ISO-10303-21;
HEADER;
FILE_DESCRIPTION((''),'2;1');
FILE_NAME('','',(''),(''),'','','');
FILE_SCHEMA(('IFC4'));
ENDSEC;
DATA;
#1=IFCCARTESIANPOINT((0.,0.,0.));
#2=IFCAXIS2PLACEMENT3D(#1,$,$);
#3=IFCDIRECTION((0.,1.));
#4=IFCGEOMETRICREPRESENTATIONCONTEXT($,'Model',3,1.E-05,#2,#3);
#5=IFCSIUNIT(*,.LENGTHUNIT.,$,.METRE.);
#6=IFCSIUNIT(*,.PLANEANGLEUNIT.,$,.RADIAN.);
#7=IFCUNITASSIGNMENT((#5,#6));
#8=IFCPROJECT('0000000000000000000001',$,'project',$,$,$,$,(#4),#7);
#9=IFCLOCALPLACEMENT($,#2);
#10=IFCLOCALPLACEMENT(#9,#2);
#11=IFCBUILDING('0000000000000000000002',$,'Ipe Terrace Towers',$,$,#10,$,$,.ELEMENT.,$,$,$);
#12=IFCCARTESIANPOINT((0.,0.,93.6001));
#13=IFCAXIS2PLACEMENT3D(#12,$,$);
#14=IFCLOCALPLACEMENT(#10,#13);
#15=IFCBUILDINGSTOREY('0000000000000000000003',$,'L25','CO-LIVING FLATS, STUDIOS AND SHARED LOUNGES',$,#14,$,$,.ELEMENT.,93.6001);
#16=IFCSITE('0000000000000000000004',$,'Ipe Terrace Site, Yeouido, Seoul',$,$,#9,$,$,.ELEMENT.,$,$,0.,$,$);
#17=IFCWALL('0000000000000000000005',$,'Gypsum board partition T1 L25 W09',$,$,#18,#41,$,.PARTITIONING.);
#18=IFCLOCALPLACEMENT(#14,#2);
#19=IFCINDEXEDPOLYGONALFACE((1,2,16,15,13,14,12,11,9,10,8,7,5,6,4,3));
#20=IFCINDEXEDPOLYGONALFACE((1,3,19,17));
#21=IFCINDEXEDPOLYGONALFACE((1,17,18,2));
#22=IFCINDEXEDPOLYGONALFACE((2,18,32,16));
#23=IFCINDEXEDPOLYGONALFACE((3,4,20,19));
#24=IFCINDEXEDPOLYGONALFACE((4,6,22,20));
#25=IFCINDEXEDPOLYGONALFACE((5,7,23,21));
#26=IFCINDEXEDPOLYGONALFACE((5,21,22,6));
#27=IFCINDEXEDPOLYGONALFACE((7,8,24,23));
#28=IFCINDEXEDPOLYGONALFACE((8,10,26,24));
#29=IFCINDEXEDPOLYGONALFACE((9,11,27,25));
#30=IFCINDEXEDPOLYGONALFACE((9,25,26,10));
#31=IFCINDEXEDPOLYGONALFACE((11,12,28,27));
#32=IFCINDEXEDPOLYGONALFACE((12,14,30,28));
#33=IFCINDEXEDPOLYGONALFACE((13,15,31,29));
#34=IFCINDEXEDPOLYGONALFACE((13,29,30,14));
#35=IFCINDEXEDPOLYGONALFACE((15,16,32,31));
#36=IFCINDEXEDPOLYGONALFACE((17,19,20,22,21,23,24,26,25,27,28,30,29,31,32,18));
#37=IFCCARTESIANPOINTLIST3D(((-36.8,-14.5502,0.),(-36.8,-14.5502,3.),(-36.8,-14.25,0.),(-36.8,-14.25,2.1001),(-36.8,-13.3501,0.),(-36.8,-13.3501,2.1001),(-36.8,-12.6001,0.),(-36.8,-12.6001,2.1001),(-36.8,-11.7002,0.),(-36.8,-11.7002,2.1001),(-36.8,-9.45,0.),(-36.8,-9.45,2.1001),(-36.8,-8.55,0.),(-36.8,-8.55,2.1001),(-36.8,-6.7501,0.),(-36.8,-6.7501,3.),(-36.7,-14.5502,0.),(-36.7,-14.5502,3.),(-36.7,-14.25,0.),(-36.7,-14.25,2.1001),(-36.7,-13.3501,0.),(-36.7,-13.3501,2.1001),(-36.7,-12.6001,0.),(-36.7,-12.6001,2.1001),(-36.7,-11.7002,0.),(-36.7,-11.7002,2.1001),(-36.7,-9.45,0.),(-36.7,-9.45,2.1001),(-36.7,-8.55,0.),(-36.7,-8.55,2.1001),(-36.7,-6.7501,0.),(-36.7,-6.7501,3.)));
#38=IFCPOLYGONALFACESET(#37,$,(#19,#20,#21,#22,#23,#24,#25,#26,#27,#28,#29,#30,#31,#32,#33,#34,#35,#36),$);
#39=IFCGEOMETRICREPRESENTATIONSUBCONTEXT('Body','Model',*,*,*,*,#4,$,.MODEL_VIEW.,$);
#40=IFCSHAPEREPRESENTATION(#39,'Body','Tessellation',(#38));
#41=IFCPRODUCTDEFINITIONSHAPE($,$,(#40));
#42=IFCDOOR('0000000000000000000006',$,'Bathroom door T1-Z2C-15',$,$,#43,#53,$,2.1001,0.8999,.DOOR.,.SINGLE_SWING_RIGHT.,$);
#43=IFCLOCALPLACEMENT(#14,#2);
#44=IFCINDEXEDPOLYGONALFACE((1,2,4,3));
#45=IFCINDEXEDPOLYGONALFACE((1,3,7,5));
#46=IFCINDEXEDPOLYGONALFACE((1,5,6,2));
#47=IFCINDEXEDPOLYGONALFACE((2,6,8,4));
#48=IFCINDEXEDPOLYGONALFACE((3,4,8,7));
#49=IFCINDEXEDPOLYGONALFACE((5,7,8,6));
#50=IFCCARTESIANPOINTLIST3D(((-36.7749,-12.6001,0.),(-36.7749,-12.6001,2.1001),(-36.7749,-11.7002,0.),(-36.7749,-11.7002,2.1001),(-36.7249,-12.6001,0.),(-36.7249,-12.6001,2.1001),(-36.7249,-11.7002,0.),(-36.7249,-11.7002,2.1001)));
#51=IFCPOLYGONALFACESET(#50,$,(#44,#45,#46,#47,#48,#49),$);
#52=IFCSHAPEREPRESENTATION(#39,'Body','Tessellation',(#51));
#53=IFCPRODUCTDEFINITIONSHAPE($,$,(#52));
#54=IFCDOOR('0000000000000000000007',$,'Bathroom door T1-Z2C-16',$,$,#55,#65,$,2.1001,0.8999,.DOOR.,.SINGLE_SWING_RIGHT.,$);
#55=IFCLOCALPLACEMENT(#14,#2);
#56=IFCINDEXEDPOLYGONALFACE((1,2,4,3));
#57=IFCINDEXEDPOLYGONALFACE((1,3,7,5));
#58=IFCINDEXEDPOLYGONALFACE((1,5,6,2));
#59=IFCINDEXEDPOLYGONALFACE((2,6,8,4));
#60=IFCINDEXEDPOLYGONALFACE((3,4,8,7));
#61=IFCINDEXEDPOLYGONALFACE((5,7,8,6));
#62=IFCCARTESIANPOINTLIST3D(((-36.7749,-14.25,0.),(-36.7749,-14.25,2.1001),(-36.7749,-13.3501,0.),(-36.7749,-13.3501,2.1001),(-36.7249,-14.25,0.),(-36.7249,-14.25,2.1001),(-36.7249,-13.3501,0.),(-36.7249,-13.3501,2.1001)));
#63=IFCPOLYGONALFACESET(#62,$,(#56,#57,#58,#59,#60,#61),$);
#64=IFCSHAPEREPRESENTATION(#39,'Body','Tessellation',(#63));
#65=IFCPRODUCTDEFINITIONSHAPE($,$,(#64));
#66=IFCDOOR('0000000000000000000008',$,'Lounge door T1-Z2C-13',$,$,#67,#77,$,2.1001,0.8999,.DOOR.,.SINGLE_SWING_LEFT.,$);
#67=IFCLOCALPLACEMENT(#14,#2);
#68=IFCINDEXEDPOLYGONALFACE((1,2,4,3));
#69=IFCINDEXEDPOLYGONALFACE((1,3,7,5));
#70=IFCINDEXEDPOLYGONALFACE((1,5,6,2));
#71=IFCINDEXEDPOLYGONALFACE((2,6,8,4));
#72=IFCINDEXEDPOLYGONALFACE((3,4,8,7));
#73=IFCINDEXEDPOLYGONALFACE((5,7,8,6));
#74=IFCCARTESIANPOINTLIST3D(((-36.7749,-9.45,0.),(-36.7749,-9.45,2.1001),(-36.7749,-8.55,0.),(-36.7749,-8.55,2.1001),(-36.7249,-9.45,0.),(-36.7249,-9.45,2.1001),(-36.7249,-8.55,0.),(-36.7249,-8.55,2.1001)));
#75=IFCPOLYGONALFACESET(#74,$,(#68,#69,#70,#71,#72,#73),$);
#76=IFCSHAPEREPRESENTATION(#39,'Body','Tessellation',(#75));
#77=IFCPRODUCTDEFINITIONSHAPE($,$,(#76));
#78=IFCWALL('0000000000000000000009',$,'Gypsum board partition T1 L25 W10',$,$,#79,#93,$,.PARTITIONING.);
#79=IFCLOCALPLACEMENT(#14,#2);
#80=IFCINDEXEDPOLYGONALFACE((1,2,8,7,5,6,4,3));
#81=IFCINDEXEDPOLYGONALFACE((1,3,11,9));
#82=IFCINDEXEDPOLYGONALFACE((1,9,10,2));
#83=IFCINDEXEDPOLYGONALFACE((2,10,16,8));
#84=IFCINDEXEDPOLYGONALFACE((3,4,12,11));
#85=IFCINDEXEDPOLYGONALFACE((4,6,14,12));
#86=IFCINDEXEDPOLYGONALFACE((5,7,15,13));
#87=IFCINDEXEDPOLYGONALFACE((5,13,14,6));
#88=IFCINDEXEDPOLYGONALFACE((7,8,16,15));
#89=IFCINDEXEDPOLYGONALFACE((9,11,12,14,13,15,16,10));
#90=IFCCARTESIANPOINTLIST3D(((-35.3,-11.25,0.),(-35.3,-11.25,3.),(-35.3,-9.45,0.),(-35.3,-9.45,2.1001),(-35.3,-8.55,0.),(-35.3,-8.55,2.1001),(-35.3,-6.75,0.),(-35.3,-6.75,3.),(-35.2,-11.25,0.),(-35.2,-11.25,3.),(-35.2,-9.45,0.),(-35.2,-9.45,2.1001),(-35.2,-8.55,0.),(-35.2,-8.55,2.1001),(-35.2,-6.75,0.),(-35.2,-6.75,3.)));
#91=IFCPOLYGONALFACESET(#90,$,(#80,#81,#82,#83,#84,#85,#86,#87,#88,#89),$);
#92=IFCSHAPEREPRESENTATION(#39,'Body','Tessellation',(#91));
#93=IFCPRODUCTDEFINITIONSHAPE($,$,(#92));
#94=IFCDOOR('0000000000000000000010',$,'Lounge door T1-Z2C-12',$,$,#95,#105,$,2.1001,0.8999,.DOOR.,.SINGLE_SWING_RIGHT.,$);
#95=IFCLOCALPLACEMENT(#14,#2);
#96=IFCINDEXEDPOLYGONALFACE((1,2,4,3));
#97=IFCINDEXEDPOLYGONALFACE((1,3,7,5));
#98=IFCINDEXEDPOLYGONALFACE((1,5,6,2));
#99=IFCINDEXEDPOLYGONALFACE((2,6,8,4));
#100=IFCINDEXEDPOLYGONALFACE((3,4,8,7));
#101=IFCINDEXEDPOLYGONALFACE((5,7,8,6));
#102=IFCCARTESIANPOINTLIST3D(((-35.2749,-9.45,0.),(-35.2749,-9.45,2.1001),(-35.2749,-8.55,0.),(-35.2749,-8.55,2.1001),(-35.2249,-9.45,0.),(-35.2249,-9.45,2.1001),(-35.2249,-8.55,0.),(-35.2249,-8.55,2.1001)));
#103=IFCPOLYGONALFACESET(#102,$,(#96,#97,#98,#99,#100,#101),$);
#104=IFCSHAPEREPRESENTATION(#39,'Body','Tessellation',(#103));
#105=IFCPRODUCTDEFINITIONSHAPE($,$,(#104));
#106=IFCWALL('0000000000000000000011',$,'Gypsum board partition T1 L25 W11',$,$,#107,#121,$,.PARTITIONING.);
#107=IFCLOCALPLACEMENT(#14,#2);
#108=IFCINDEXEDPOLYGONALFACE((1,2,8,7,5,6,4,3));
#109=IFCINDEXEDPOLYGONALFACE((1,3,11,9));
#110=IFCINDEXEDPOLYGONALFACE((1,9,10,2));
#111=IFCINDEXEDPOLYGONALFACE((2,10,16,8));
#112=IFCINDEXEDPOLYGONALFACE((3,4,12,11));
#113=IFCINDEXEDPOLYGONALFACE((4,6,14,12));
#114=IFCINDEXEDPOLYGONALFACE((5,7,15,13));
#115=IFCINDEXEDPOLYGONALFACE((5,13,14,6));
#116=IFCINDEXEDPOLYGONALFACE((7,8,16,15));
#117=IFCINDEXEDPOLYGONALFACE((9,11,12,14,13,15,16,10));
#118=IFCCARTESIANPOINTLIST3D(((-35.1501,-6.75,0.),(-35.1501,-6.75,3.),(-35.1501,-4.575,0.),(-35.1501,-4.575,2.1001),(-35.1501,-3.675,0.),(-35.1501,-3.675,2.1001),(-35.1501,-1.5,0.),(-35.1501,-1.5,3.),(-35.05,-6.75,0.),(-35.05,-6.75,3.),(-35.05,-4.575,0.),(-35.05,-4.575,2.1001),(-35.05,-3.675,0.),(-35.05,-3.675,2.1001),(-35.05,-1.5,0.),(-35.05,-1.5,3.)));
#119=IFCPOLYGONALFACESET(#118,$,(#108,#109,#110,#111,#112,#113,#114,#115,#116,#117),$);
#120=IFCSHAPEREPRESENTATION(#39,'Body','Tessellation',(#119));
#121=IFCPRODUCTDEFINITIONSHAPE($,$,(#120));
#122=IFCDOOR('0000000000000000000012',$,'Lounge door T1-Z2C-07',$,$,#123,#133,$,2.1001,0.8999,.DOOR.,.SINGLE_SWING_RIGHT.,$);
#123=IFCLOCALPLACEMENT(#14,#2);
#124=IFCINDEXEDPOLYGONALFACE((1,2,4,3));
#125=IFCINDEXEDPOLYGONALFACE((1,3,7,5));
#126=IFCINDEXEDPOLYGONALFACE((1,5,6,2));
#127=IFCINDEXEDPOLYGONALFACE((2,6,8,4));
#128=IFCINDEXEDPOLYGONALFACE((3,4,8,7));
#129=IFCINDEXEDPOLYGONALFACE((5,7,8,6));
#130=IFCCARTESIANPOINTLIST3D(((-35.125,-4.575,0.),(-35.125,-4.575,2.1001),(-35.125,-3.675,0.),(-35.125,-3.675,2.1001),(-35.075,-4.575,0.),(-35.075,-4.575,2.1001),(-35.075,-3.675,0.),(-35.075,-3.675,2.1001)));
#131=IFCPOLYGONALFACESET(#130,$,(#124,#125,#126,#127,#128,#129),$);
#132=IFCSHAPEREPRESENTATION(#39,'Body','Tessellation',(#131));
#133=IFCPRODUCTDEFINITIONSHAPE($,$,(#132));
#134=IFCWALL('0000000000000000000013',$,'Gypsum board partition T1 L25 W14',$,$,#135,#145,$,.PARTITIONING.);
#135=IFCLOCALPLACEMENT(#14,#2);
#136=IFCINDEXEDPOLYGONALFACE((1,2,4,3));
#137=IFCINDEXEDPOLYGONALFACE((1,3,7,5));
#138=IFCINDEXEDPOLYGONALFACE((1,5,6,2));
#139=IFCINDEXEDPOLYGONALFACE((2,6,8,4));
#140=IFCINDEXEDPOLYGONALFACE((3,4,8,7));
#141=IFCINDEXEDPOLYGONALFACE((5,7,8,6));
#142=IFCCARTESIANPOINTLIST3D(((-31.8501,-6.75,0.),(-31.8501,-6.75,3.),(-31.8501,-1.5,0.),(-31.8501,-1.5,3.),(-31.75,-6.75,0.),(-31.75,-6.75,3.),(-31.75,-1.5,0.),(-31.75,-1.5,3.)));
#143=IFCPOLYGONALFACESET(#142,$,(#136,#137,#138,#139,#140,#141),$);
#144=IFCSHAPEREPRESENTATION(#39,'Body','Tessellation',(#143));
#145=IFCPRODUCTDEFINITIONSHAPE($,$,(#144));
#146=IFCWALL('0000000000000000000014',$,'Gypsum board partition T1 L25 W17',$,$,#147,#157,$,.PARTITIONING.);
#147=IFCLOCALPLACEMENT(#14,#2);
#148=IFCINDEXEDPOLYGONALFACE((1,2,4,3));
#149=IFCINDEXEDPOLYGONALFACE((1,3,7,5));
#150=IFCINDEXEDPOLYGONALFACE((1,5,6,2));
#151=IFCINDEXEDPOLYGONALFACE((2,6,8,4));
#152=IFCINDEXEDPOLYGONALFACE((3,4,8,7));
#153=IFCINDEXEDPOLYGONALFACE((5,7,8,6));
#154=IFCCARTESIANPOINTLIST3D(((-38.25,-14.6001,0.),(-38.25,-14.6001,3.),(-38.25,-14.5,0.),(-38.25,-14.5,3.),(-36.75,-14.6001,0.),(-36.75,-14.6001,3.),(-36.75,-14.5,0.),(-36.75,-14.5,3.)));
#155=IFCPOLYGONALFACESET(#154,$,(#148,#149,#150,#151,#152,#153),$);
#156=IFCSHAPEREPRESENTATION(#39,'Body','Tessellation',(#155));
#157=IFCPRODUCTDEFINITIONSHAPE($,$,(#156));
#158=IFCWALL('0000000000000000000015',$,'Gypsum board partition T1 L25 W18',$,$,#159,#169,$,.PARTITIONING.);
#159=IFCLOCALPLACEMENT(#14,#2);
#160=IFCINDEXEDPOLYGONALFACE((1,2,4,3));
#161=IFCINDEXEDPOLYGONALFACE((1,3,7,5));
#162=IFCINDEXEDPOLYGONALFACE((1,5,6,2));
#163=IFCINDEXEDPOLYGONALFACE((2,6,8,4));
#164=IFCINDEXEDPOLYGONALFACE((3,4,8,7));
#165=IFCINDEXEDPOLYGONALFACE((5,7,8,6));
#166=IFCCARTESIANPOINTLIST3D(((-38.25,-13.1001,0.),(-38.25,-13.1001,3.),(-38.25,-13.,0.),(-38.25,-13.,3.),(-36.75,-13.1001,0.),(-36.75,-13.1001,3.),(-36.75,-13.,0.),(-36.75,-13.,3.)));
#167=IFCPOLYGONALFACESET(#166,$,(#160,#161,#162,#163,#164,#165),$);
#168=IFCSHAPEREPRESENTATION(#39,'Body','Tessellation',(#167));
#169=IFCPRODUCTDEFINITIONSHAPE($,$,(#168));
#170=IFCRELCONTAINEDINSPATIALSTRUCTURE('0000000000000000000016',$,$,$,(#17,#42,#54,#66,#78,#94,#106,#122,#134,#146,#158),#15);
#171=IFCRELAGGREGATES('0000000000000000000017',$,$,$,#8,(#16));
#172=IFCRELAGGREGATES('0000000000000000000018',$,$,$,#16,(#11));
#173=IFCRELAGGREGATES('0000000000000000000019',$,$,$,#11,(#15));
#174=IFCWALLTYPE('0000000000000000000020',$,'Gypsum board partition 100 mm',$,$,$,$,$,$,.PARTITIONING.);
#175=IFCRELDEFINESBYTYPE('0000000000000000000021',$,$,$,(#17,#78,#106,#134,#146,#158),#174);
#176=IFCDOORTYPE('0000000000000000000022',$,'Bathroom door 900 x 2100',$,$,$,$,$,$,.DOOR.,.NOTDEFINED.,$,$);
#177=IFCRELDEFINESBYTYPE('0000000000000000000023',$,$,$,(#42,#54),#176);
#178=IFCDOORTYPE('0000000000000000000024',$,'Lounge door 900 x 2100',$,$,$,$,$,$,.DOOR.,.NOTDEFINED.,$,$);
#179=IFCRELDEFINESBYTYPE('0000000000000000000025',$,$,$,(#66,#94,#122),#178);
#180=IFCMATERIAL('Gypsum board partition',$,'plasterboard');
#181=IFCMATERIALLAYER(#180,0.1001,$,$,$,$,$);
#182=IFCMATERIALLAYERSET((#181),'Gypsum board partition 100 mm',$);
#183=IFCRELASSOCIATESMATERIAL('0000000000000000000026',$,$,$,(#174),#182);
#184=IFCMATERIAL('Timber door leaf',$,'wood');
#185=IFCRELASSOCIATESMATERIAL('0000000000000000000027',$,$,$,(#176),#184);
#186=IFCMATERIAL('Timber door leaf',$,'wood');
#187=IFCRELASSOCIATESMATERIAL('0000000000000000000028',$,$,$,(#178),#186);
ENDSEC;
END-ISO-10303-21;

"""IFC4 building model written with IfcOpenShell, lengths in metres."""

from ifc_helpers import new_model, si_unit, direction, frame, frame_2d, origin, place, context, subcontext, project, spatial, rectangle, extrude, material, layer, layer_set, type_object, element, fill, save


model = new_model("IFC4")

# Units and contexts
model_context = context("Model", 3, precision=1e-05, world=origin(), true_north=direction((0.0, 1.0)))
body_context = subcontext(model_context, "Body", "Model", "MODEL_VIEW")
ifc_project = project(units=[si_unit("LENGTHUNIT", "METRE"), si_unit("PLANEANGLEUNIT", "RADIAN")], contexts=[model_context])

# Site, building, storey
site_placement = place(None, origin())
site = spatial("IfcSite", under=ifc_project, at=site_placement, Name="Ipe Terrace Site, Yeouido, Seoul", CompositionType="ELEMENT", RefElevation=0.0)
building_placement = place(site_placement, origin())
building = spatial("IfcBuilding", under=site, at=building_placement, Name="Ipe Terrace Towers", CompositionType="ELEMENT")
storey_placement = place(building_placement, frame((0.0, 0.0, 93.6001)))
storey = spatial("IfcBuildingStorey", under=building, at=storey_placement, Name="L25", Description="CO-LIVING FLATS, STUDIOS AND SHARED LOUNGES", CompositionType="ELEMENT", Elevation=93.6001)

# Shared definitions
ifc_material_1 = material(Name="Gypsum board partition", Category="plasterboard")
ifc_layer_1 = layer(ifc_material_1, 0.1001)
ifc_layer_set_1 = layer_set([ifc_layer_1], Name="Gypsum board partition 100 mm")
wall_type = type_object("IfcWallType", Name="Gypsum board partition 100 mm", PredefinedType="PARTITIONING", material=ifc_layer_set_1)

# Wall, openings, doors
wall_1_placement = place(storey_placement, frame((-36.75, -14.55, 0.0), z_axis=(0.0, 0.0, 1.0), x_axis=(0.0, 1.0, 0.0)))
wall_1 = element("IfcWall", 1, at=wall_1_placement, inside=storey, type_object=wall_type, Name="Gypsum board partition T1 L25 W09", PredefinedType="PARTITIONING", context=body_context, shape_type="SweptSolid", body=[
    extrude(rectangle(XDim=7.8, YDim=0.1001, at=frame_2d((3.8999, 0.0))), origin(), (0.0, 0.0, 1.0), 3.0),
])
opening_1_placement = place(wall_1_placement, frame((5.1001, 0.0, 0.0)))
opening_1 = element("IfcOpeningElement", 2, at=opening_1_placement, cuts=wall_1, PredefinedType="OPENING", context=body_context, shape_type="SweptSolid", body=[
    extrude(rectangle(XDim=0.8999, YDim=2.1001, at=frame_2d((0.45, 1.05))), frame((0.0, 0.0601, 0.0), z_axis=(0.0, -1.0, 0.0), x_axis=(1.0, 0.0, 0.0)), (0.0, 0.0, 1.0), 0.1201),
])
opening_2_placement = place(wall_1_placement, frame((1.95, 0.0, 0.0)))
opening_2 = element("IfcOpeningElement", 3, at=opening_2_placement, cuts=wall_1, PredefinedType="OPENING", context=body_context, shape_type="SweptSolid", body=[
    extrude(rectangle(XDim=0.8999, YDim=2.1001, at=frame_2d((0.45, 1.05))), frame((0.0, 0.0601, 0.0), z_axis=(0.0, -1.0, 0.0), x_axis=(1.0, 0.0, 0.0)), (0.0, 0.0, 1.0), 0.1201),
])
opening_3_placement = place(wall_1_placement, frame((0.3, 0.0, 0.0)))
opening_3 = element("IfcOpeningElement", 4, at=opening_3_placement, cuts=wall_1, PredefinedType="OPENING", context=body_context, shape_type="SweptSolid", body=[
    extrude(rectangle(XDim=0.8999, YDim=2.1001, at=frame_2d((0.45, 1.05))), frame((0.0, 0.0601, 0.0), z_axis=(0.0, -1.0, 0.0), x_axis=(1.0, 0.0, 0.0)), (0.0, 0.0, 1.0), 0.1201),
])
ifc_material_2 = material(Name="Timber door leaf", Category="wood")
door_type_1 = type_object("IfcDoorType", Name="Bathroom door 900 x 2100", OperationType="NOTDEFINED", PredefinedType="DOOR", material=ifc_material_2)
door_1_placement = place(opening_2_placement, origin())
door_1 = element("IfcDoor", 5, at=door_1_placement, inside=storey, type_object=door_type_1, Name="Bathroom door T1-Z2C-15", OperationType="SINGLE_SWING_RIGHT", OverallHeight=2.1001, OverallWidth=0.8999, PredefinedType="DOOR", context=body_context, shape_type="SweptSolid", body=[
    extrude(rectangle(XDim=0.8999, YDim=2.1001, at=frame_2d((0.45, 1.05))), frame((0.0, 0.0249, 0.0), z_axis=(0.0, -1.0, 0.0), x_axis=(1.0, 0.0, 0.0)), (0.0, 0.0, 1.0), 0.05),
])
fill(opening_2, door_1)
door_2_placement = place(opening_3_placement, origin())
door_2 = element("IfcDoor", 6, at=door_2_placement, inside=storey, type_object=door_type_1, Name="Bathroom door T1-Z2C-16", OperationType="SINGLE_SWING_RIGHT", OverallHeight=2.1001, OverallWidth=0.8999, PredefinedType="DOOR", context=body_context, shape_type="SweptSolid", body=[
    extrude(rectangle(XDim=0.8999, YDim=2.1001, at=frame_2d((0.45, 1.05))), frame((0.0, 0.0249, 0.0), z_axis=(0.0, -1.0, 0.0), x_axis=(1.0, 0.0, 0.0)), (0.0, 0.0, 1.0), 0.05),
])
fill(opening_3, door_2)
ifc_material_3 = material(Name="Timber door leaf", Category="wood")
door_type_2 = type_object("IfcDoorType", Name="Lounge door 900 x 2100", OperationType="NOTDEFINED", PredefinedType="DOOR", material=ifc_material_3)
door_3_placement = place(opening_1_placement, origin())
door_3 = element("IfcDoor", 7, at=door_3_placement, inside=storey, type_object=door_type_2, Name="Lounge door T1-Z2C-13", OperationType="SINGLE_SWING_LEFT", OverallHeight=2.1001, OverallWidth=0.8999, PredefinedType="DOOR", context=body_context, shape_type="SweptSolid", body=[
    extrude(rectangle(XDim=0.8999, YDim=2.1001, at=frame_2d((0.45, 1.05))), frame((0.0, 0.0249, 0.0), z_axis=(0.0, -1.0, 0.0), x_axis=(1.0, 0.0, 0.0)), (0.0, 0.0, 1.0), 0.05),
])
fill(opening_1, door_3)

# Walls, openings, doors
wall_2_placement = place(storey_placement, frame((-35.25, -11.25, 0.0), z_axis=(0.0, 0.0, 1.0), x_axis=(0.0, 1.0, 0.0)))
wall_2 = element("IfcWall", 8, at=wall_2_placement, inside=storey, type_object=wall_type, Name="Gypsum board partition T1 L25 W10", PredefinedType="PARTITIONING", context=body_context, shape_type="SweptSolid", body=[
    extrude(rectangle(XDim=4.5, YDim=0.1001, at=frame_2d((2.25, 0.0))), origin(), (0.0, 0.0, 1.0), 3.0),
])
opening_4_placement = place(wall_2_placement, frame((1.8, 0.0, 0.0)))
opening_4 = element("IfcOpeningElement", 9, at=opening_4_placement, cuts=wall_2, PredefinedType="OPENING", context=body_context, shape_type="SweptSolid", body=[
    extrude(rectangle(XDim=0.8999, YDim=2.1001, at=frame_2d((0.45, 1.05))), frame((0.0, 0.0601, 0.0), z_axis=(0.0, -1.0, 0.0), x_axis=(1.0, 0.0, 0.0)), (0.0, 0.0, 1.0), 0.1201),
])
door_4_placement = place(opening_4_placement, origin())
door_4 = element("IfcDoor", 10, at=door_4_placement, inside=storey, type_object=door_type_2, Name="Lounge door T1-Z2C-12", OperationType="SINGLE_SWING_RIGHT", OverallHeight=2.1001, OverallWidth=0.8999, PredefinedType="DOOR", context=body_context, shape_type="SweptSolid", body=[
    extrude(rectangle(XDim=0.8999, YDim=2.1001, at=frame_2d((0.45, 1.05))), frame((0.0, 0.0249, 0.0), z_axis=(0.0, -1.0, 0.0), x_axis=(1.0, 0.0, 0.0)), (0.0, 0.0, 1.0), 0.05),
])
fill(opening_4, door_4)
wall_3_placement = place(storey_placement, frame((-35.1001, -6.75, 0.0), z_axis=(0.0, 0.0, 1.0), x_axis=(0.0, 1.0, 0.0)))
wall_3 = element("IfcWall", 11, at=wall_3_placement, inside=storey, type_object=wall_type, Name="Gypsum board partition T1 L25 W11", PredefinedType="PARTITIONING", context=body_context, shape_type="SweptSolid", body=[
    extrude(rectangle(XDim=5.25, YDim=0.1001, at=frame_2d((2.625, 0.0))), origin(), (0.0, 0.0, 1.0), 3.0),
])
opening_5_placement = place(wall_3_placement, frame((2.175, 0.0, 0.0)))
opening_5 = element("IfcOpeningElement", 12, at=opening_5_placement, cuts=wall_3, PredefinedType="OPENING", context=body_context, shape_type="SweptSolid", body=[
    extrude(rectangle(XDim=0.8999, YDim=2.1001, at=frame_2d((0.45, 1.05))), frame((0.0, 0.0601, 0.0), z_axis=(0.0, -1.0, 0.0), x_axis=(1.0, 0.0, 0.0)), (0.0, 0.0, 1.0), 0.1201),
])
door_5_placement = place(opening_5_placement, origin())
door_5 = element("IfcDoor", 13, at=door_5_placement, inside=storey, type_object=door_type_2, Name="Lounge door T1-Z2C-07", OperationType="SINGLE_SWING_RIGHT", OverallHeight=2.1001, OverallWidth=0.8999, PredefinedType="DOOR", context=body_context, shape_type="SweptSolid", body=[
    extrude(rectangle(XDim=0.8999, YDim=2.1001, at=frame_2d((0.45, 1.05))), frame((0.0, 0.0249, 0.0), z_axis=(0.0, -1.0, 0.0), x_axis=(1.0, 0.0, 0.0)), (0.0, 0.0, 1.0), 0.05),
])
fill(opening_5, door_5)

# Walls
wall_4_placement = place(storey_placement, frame((-31.8, -6.75, 0.0), z_axis=(0.0, 0.0, 1.0), x_axis=(0.0, 1.0, 0.0)))
element("IfcWall", 14, at=wall_4_placement, inside=storey, type_object=wall_type, Name="Gypsum board partition T1 L25 W14", PredefinedType="PARTITIONING", context=body_context, shape_type="SweptSolid", body=[
    extrude(rectangle(XDim=5.25, YDim=0.1001, at=frame_2d((2.625, 0.0))), origin(), (0.0, 0.0, 1.0), 3.0),
])
for number, where, z_axis, x_axis, name in (
    (15, (-38.25, -14.55, 0.0), (0.0, 0.0, 1.0), (1.0, 0.0, 0.0), "Gypsum board partition T1 L25 W17"),
    (16, (-38.25, -13.05, 0.0), (0.0, 0.0, 1.0), (1.0, 0.0, 0.0), "Gypsum board partition T1 L25 W18"),
):
    element("IfcWall", number, at=place(storey_placement, frame(where, z_axis=z_axis, x_axis=x_axis)), inside=storey, type_object=wall_type, Name=name, PredefinedType="PARTITIONING", context=body_context, shape_type="SweptSolid", body=[
        extrude(rectangle(XDim=1.5, YDim=0.1001, at=frame_2d((0.75, 0.0))), origin(), (0.0, 0.0, 1.0), 3.0),
    ])

save(model, "model.ifc")
